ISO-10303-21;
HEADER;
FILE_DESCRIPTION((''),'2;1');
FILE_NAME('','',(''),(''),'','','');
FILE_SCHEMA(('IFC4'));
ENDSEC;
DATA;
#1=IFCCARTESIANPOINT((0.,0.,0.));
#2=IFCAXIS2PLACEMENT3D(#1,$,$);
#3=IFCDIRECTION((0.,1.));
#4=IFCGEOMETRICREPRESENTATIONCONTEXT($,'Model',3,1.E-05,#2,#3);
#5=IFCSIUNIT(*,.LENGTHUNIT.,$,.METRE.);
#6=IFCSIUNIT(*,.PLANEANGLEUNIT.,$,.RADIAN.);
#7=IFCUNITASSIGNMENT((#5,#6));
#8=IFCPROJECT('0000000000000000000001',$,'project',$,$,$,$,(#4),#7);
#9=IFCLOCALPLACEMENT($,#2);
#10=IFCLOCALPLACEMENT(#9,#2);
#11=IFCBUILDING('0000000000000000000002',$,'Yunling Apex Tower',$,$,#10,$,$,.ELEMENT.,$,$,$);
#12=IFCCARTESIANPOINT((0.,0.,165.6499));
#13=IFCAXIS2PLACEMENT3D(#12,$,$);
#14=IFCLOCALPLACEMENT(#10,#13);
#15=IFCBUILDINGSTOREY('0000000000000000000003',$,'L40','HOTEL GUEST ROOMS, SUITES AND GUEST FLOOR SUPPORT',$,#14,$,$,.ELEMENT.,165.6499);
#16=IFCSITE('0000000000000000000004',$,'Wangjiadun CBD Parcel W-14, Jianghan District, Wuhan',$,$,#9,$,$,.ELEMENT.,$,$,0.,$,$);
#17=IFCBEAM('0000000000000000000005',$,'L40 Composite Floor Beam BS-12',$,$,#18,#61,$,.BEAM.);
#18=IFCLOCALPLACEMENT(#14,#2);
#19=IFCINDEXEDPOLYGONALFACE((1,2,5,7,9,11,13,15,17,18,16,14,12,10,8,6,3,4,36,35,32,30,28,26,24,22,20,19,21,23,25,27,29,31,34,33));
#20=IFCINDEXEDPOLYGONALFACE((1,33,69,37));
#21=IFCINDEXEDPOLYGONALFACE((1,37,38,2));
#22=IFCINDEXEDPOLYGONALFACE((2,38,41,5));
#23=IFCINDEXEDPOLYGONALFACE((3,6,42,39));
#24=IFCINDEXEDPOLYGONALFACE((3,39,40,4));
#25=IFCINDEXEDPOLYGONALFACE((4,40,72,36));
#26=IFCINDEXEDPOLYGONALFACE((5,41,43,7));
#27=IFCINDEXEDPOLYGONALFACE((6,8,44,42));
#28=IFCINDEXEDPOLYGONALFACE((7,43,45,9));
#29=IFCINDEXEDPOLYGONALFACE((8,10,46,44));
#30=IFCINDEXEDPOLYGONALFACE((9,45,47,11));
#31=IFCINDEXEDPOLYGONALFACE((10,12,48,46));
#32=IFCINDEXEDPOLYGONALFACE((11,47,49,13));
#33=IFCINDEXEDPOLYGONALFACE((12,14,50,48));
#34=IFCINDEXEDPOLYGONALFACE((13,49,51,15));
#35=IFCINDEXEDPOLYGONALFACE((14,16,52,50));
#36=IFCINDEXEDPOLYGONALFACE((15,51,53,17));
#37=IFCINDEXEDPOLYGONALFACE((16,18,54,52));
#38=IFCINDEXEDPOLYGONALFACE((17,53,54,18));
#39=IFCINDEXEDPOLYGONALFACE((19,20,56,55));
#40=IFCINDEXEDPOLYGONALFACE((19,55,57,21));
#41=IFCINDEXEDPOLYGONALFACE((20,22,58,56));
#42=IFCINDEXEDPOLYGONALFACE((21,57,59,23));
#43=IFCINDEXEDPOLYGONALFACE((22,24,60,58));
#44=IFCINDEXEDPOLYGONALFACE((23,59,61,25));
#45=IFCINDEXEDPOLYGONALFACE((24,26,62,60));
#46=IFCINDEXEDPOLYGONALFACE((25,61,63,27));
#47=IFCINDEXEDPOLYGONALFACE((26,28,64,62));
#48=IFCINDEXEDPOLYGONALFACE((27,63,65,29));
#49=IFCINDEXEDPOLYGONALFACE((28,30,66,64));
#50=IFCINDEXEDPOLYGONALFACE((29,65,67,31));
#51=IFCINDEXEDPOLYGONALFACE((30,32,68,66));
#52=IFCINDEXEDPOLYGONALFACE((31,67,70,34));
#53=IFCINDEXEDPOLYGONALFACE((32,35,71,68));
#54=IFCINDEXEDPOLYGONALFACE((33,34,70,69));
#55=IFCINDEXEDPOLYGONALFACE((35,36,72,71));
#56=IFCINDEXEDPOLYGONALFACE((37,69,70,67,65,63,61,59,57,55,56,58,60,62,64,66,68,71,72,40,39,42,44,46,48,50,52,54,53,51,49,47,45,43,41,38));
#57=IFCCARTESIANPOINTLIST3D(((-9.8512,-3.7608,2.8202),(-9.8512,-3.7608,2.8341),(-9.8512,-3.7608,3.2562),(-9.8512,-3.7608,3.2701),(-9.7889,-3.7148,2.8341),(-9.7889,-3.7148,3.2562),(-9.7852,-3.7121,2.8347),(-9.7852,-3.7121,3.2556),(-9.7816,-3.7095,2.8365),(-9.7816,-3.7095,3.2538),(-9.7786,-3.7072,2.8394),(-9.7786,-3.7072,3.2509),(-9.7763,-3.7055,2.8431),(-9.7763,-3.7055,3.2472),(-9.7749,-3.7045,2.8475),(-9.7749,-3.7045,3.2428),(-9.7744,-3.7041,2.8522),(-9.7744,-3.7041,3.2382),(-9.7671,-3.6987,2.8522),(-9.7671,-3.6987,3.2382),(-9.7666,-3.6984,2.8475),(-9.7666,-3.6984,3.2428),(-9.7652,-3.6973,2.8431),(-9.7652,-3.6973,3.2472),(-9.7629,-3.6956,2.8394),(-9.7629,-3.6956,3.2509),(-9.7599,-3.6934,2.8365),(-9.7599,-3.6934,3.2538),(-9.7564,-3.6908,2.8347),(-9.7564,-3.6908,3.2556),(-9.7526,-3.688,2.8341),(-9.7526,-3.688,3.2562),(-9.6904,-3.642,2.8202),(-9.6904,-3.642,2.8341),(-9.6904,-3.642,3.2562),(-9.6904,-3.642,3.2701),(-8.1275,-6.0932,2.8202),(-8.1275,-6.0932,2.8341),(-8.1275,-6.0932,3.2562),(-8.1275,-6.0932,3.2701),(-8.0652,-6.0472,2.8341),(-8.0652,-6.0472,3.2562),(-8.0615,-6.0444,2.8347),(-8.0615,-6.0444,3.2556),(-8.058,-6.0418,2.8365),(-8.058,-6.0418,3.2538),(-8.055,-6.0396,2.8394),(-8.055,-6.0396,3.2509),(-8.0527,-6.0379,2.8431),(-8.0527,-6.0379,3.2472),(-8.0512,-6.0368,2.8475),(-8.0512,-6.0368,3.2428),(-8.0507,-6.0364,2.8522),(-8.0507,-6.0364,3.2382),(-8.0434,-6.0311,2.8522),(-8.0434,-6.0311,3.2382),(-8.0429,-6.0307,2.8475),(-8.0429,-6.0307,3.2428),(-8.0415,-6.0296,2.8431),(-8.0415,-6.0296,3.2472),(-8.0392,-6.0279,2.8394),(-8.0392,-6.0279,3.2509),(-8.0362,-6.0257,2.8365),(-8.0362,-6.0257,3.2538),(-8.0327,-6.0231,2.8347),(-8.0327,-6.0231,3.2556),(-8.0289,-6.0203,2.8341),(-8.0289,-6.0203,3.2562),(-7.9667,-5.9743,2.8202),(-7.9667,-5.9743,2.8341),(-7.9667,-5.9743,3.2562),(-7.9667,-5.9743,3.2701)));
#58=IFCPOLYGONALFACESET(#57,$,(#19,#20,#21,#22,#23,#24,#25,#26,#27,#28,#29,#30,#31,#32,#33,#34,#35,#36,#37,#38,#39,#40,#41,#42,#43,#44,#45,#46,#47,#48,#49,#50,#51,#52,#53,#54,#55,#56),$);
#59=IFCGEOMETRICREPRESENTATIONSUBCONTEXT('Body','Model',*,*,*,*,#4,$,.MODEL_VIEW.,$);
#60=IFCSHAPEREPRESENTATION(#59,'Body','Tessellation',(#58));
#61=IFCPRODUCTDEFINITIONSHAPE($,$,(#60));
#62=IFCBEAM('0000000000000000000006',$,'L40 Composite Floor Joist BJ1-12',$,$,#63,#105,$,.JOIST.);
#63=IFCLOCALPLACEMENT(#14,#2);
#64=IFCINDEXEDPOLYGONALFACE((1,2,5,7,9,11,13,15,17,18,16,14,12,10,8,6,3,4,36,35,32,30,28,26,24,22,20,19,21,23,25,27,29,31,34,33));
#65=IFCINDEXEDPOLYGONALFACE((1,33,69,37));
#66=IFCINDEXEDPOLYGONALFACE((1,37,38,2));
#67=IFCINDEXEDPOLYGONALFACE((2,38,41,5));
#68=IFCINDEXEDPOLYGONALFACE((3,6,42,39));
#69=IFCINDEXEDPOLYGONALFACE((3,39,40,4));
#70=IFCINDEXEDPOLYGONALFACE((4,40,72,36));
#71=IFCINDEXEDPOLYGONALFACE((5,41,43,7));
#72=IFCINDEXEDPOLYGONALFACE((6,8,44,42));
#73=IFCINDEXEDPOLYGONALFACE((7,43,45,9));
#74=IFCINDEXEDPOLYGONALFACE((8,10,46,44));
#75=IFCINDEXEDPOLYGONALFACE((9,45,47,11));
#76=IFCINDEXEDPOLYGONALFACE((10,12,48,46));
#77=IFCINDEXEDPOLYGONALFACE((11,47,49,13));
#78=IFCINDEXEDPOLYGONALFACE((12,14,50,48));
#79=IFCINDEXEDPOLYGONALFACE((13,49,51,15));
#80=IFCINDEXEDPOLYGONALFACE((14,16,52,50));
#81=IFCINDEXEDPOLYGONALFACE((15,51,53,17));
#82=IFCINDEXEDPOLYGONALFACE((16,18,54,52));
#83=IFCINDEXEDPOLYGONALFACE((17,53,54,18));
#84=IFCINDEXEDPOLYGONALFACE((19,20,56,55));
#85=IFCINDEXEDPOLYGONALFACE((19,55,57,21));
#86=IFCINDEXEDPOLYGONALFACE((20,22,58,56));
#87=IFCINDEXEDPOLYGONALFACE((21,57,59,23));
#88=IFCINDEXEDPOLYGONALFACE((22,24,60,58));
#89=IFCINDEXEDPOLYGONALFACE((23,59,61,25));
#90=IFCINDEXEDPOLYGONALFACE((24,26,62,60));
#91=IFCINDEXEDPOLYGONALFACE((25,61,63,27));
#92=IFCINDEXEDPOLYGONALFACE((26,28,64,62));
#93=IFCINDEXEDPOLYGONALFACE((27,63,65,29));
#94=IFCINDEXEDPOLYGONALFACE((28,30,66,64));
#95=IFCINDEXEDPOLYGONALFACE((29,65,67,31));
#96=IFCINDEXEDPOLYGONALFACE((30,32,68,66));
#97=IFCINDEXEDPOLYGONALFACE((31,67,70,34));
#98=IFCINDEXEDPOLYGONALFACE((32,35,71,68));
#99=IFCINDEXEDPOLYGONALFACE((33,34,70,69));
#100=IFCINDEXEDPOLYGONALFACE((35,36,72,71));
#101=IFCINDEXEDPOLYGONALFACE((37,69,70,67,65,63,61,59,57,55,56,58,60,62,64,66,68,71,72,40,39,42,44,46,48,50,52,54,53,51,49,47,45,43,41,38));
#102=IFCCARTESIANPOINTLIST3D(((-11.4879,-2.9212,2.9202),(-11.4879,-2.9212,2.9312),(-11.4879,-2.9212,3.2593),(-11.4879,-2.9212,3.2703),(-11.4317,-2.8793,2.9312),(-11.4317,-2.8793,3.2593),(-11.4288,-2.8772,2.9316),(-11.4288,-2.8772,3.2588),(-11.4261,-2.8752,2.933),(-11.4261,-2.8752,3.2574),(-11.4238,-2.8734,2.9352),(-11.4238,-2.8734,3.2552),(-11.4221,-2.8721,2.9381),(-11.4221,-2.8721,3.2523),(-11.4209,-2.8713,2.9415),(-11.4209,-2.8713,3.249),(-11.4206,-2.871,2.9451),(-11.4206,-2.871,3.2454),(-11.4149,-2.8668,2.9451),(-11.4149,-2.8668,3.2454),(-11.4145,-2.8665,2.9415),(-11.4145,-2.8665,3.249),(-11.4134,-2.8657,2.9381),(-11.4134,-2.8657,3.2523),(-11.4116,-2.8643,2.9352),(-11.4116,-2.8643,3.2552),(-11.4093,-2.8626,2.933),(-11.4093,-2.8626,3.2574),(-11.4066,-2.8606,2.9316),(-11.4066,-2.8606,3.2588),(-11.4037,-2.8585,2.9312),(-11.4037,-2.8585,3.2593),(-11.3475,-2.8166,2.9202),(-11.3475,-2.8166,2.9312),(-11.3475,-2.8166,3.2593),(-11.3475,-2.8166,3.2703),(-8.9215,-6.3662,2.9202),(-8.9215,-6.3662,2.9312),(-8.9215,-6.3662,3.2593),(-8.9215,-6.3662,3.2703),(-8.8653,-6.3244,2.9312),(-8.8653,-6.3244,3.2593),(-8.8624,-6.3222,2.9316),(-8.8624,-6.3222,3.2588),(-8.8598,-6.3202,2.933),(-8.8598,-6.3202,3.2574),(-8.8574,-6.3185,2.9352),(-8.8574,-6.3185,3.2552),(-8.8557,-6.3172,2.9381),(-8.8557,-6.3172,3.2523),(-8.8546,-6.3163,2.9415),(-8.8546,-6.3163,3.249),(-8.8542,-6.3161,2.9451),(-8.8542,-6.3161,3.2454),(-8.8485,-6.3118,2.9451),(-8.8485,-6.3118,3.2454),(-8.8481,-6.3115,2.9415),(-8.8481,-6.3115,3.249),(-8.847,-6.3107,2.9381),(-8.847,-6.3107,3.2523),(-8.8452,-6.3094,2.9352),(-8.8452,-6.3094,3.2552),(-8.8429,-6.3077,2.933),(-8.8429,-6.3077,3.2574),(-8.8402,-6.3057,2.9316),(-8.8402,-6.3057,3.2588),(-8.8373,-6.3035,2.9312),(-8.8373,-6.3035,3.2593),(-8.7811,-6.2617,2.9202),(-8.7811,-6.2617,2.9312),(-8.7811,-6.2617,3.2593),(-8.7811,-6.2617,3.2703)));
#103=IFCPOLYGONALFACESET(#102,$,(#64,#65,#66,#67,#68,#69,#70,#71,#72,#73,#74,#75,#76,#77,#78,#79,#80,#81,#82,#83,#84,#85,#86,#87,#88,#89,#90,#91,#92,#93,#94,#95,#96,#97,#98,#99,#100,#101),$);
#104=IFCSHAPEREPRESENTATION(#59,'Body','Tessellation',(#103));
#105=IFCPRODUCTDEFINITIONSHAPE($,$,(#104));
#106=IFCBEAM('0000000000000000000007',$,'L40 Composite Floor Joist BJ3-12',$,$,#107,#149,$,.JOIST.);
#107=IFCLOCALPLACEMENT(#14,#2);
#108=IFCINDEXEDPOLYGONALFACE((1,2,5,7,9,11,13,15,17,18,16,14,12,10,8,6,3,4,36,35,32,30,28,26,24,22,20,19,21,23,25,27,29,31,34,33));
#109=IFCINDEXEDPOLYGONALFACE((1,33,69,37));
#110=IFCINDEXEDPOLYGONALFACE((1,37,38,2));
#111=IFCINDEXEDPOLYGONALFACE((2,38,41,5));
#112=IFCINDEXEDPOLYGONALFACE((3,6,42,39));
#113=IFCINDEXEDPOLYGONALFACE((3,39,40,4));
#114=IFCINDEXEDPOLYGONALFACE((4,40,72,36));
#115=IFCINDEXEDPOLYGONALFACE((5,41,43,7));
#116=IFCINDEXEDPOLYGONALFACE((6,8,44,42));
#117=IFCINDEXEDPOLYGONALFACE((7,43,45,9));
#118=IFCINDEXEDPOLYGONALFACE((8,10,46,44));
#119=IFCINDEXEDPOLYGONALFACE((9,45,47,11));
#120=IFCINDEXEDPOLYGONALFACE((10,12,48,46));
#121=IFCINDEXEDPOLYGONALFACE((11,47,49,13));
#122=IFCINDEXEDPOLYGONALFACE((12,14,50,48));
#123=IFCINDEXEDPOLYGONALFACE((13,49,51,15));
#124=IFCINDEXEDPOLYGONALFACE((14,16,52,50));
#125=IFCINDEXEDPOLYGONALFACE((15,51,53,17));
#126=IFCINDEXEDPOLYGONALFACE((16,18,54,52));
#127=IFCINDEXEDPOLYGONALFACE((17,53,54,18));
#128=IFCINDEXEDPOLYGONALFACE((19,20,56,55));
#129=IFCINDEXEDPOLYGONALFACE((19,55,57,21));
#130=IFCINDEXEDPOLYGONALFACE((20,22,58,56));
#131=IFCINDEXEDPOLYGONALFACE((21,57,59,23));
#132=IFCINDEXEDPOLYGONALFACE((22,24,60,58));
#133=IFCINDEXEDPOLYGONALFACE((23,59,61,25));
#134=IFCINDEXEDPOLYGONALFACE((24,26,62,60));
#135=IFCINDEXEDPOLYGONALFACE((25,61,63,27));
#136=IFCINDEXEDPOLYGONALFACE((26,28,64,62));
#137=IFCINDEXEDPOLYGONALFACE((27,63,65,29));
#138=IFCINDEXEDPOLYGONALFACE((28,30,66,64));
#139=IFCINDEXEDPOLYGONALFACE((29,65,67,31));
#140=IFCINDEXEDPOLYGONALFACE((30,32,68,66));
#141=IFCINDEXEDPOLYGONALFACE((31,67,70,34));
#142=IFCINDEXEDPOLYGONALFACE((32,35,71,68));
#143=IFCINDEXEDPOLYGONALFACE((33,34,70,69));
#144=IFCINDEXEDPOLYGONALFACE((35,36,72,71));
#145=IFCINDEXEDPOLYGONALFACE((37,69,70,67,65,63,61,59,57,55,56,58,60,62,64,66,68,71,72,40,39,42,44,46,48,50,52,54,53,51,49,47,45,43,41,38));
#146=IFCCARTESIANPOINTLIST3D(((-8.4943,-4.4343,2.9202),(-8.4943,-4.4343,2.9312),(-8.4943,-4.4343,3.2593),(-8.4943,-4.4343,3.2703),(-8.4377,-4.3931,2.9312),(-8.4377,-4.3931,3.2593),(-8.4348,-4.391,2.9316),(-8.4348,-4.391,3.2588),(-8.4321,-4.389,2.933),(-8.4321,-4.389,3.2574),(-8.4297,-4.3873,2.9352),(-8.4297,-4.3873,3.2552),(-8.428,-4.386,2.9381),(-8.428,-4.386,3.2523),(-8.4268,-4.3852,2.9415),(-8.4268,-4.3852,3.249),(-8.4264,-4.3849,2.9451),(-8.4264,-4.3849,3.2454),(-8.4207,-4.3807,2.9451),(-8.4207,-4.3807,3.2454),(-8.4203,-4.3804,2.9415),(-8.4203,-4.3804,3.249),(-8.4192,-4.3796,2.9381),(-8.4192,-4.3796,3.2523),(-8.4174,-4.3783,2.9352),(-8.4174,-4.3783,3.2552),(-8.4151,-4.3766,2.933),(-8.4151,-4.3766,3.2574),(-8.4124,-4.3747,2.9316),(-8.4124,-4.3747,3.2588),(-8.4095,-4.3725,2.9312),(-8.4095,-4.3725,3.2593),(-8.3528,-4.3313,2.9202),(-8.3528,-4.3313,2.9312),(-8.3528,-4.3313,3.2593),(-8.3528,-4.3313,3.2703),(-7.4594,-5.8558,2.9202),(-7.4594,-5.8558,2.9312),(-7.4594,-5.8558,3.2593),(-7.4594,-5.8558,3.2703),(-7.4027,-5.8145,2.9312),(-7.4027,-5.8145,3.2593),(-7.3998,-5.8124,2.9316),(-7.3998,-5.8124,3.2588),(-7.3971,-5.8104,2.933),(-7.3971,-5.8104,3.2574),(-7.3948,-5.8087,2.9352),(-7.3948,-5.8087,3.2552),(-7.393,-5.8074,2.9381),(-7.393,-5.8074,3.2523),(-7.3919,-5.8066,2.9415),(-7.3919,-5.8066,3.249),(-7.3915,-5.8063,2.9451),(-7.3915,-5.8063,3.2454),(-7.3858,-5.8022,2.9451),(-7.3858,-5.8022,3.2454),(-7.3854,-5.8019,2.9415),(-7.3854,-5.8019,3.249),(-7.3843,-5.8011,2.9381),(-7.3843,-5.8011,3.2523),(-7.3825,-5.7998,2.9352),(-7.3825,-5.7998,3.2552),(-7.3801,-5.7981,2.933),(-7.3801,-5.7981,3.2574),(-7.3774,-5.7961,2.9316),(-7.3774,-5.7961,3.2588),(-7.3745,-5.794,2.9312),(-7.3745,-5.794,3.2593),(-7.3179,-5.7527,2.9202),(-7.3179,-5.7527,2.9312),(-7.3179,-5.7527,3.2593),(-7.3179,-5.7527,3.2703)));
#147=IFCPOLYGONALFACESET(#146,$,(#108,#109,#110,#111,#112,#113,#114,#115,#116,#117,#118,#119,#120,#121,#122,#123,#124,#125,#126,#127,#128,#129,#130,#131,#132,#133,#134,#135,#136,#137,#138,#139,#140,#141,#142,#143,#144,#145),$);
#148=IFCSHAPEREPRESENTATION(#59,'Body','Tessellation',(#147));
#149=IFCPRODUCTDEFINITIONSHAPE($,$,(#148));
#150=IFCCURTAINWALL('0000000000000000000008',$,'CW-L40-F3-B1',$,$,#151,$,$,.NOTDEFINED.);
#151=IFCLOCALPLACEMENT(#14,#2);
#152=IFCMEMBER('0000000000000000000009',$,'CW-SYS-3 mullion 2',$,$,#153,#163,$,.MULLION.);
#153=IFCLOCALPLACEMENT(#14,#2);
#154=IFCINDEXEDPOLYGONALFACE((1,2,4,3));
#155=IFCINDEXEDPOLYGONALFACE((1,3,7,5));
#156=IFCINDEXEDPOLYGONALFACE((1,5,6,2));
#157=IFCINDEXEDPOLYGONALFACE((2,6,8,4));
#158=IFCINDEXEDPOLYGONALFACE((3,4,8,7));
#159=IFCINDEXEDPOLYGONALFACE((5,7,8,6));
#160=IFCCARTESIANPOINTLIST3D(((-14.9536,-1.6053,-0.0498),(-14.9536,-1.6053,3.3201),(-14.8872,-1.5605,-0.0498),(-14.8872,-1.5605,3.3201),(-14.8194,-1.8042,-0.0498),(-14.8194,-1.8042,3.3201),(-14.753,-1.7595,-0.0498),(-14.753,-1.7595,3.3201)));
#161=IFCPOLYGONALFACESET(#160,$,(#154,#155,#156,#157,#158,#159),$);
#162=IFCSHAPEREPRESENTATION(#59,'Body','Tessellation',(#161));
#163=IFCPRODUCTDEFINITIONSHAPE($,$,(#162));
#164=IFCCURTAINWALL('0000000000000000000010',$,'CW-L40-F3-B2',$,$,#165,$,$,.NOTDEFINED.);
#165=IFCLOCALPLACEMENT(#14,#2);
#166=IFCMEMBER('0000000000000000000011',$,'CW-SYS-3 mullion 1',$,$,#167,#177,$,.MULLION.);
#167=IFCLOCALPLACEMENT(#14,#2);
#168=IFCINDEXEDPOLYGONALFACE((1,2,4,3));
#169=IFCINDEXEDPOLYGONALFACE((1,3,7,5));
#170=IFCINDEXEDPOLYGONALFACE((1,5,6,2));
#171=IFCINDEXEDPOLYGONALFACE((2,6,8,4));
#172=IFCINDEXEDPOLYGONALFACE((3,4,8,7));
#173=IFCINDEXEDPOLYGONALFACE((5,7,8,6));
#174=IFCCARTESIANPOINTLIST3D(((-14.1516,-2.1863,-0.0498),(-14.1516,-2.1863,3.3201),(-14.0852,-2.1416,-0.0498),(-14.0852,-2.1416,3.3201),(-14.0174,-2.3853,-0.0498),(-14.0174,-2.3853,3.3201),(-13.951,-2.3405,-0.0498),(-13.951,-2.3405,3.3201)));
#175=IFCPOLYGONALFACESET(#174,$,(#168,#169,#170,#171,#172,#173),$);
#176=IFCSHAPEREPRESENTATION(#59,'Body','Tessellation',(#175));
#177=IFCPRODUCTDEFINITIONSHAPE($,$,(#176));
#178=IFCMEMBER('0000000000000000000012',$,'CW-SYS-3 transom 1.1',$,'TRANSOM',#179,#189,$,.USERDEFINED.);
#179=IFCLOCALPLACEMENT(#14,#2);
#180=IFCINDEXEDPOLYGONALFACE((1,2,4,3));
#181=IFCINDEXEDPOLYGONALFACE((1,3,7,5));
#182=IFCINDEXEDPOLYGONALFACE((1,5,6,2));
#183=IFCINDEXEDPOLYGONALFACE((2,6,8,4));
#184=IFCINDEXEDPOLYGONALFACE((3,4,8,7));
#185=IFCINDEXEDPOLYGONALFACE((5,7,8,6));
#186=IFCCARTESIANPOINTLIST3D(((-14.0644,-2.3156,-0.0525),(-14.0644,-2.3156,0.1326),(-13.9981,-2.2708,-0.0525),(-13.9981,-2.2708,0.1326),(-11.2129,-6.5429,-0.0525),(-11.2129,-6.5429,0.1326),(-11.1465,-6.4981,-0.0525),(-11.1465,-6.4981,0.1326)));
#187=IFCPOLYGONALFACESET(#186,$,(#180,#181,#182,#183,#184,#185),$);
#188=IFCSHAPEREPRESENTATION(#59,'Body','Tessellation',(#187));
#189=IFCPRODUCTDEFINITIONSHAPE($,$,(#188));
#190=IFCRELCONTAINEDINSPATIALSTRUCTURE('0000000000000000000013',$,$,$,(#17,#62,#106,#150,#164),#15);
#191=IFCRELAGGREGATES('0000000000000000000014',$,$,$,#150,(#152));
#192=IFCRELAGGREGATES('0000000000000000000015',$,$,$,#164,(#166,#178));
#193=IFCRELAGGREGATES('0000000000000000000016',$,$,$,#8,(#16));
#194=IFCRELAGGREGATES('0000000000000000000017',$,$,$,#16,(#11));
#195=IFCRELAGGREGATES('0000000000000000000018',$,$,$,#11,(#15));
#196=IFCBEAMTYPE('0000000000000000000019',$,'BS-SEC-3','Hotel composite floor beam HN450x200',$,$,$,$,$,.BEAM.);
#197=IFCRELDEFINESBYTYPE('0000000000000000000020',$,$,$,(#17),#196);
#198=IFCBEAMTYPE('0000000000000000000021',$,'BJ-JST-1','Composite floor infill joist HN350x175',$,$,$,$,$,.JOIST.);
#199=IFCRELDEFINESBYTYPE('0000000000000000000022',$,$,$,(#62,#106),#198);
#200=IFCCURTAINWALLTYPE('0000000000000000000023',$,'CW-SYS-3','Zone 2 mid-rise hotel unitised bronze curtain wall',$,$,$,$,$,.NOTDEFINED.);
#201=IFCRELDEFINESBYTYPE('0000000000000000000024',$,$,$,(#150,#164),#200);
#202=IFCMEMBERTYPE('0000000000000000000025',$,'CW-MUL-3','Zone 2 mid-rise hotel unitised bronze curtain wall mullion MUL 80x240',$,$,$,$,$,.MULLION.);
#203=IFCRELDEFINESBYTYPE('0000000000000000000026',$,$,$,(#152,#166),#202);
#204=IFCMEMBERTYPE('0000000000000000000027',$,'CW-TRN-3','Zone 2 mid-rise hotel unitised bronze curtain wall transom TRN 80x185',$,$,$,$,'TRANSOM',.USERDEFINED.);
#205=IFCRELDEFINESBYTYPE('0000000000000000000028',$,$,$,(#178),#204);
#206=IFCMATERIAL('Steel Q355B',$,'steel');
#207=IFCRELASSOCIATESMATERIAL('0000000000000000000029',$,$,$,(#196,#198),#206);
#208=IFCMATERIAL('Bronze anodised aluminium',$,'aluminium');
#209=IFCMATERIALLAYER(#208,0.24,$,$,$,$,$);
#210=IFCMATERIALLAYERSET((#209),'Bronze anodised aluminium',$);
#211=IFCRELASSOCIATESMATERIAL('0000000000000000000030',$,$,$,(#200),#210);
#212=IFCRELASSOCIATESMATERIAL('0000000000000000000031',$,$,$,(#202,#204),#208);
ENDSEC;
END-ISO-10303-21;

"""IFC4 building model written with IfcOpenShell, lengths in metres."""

from ifc_helpers import new_model, si_unit, direction, frame, origin, origin_2d, place, context, subcontext, project, spatial, rectangle, i_section, extrude, source, transform, mapped, material, layer, layer_set, material_profile, profile_set, type_object, element, aggregate, save


model = new_model("IFC4")

# Units and contexts
model_context = context("Model", 3, precision=1e-05, world=origin(), true_north=direction((0.0, 1.0)))
body_context = subcontext(model_context, "Body", "Model", "MODEL_VIEW")
ifc_project = project(units=[si_unit("LENGTHUNIT", "METRE"), si_unit("PLANEANGLEUNIT", "RADIAN")], contexts=[model_context])

# Site, building, storey
site_placement = place(None, origin())
site = spatial("IfcSite", under=ifc_project, at=site_placement, Name="Wangjiadun CBD Parcel W-14, Jianghan District, Wuhan", CompositionType="ELEMENT", RefElevation=0.0)
building_placement = place(site_placement, origin())
building = spatial("IfcBuilding", under=site, at=building_placement, Name="Yunling Apex Tower", CompositionType="ELEMENT")
storey_placement = place(building_placement, frame((0.0, 0.0, 165.6499)))
storey = spatial("IfcBuildingStorey", under=building, at=storey_placement, Name="L40", Description="HOTEL GUEST ROOMS, SUITES AND GUEST FLOOR SUPPORT", CompositionType="ELEMENT", Elevation=165.6499)

# Beams
ifc_material_1 = material(Name="Steel Q355B", Category="steel")
ifc_material_profile_1 = material_profile(ifc_material_1, i_section(OverallWidth=0.2, OverallDepth=0.45, WebThickness=0.009, FlangeThickness=0.0139, FilletRadius=0.0181, at=origin_2d()))
ifc_profile_set_1 = profile_set([ifc_material_profile_1], Name="Steel Q355B")
beam_type_1 = type_object("IfcBeamType", Name="BS-SEC-3", Description="Hotel composite floor beam HN450x200", PredefinedType="BEAM", material=ifc_profile_set_1)
shared_shape_1 = source(origin(), body_context, "Body", "SweptSolid", [
    extrude(i_section(OverallWidth=0.2, OverallDepth=0.45, WebThickness=0.009, FlangeThickness=0.0139, FilletRadius=0.0181, at=origin_2d()), origin(), (0.0, 0.0, 1.0), 2.9001),
])
beam_1_placement = place(storey_placement, frame((-9.7708, -3.7014, 3.0452), z_axis=(0.594341, -0.804213, 0.0), x_axis=(0.804213, 0.594341, 0.0)))
element("IfcBeam", 1, at=beam_1_placement, inside=storey, type_object=beam_type_1, Name="L40 Composite Floor Beam BS-12", PredefinedType="BEAM", context=body_context, shape_type="MappedRepresentation", body=[
    mapped(shared_shape_1, transform((0.0, 0.0, 0.0), scale=1.0)),
])
ifc_material_profile_2 = material_profile(ifc_material_1, i_section(OverallWidth=0.175, OverallDepth=0.3501, WebThickness=0.0071, FlangeThickness=0.011, FilletRadius=0.0139, at=origin_2d()))
ifc_profile_set_2 = profile_set([ifc_material_profile_2], Name="Steel Q355B")
beam_type_2 = type_object("IfcBeamType", Name="BJ-JST-1", Description="Composite floor infill joist HN350x175", PredefinedType="JOIST", material=ifc_profile_set_2)
shared_shape_2 = source(origin(), body_context, "Body", "SweptSolid", [
    extrude(i_section(OverallWidth=0.175, OverallDepth=0.3501, WebThickness=0.0071, FlangeThickness=0.011, FilletRadius=0.0139, at=origin_2d()), origin(), (0.0, 0.0, 1.0), 4.2959),
])
beam_2_placement = place(storey_placement, frame((-11.4177, -2.8689, 3.0952), z_axis=(0.597405, -0.801939, 0.0), x_axis=(0.801939, 0.597405, 0.0)))
element("IfcBeam", 2, at=beam_2_placement, inside=storey, type_object=beam_type_2, Name="L40 Composite Floor Joist BJ1-12", PredefinedType="JOIST", context=body_context, shape_type="MappedRepresentation", body=[
    mapped(shared_shape_2, transform((0.0, 0.0, 0.0), scale=1.0)),
])
shared_shape_3 = source(origin(), body_context, "Body", "SweptSolid", [
    extrude(i_section(OverallWidth=0.175, OverallDepth=0.3501, WebThickness=0.0071, FlangeThickness=0.011, FilletRadius=0.0139, at=origin_2d()), origin(), (0.0, 0.0, 1.0), 1.7583),
])
beam_3_placement = place(storey_placement, frame((-8.4236, -4.3828, 3.0952), z_axis=(0.588609, -0.808418, 0.0), x_axis=(0.808418, 0.588609, 0.0)))
element("IfcBeam", 3, at=beam_3_placement, inside=storey, type_object=beam_type_2, Name="L40 Composite Floor Joist BJ3-12", PredefinedType="JOIST", context=body_context, shape_type="MappedRepresentation", body=[
    mapped(shared_shape_3, transform((0.0, 0.0, 0.0), scale=1.0)),
])

# Curtain wall, member
ifc_material_2 = material(Name="Bronze anodised aluminium", Category="aluminium")
ifc_layer_1 = layer(ifc_material_2, 0.24)
ifc_layer_set_1 = layer_set([ifc_layer_1], Name="Bronze anodised aluminium")
curtain_wall_type = type_object("IfcCurtainWallType", Name="CW-SYS-3", Description="Zone 2 mid-rise hotel unitised bronze curtain wall", PredefinedType="NOTDEFINED", material=ifc_layer_set_1)
curtain_wall_1_placement = place(storey_placement, origin())
curtain_wall_1 = element("IfcCurtainWall", 4, at=curtain_wall_1_placement, inside=storey, type_object=curtain_wall_type, Name="CW-L40-F3-B1", PredefinedType="NOTDEFINED")
ifc_material_profile_3 = material_profile(ifc_material_2, rectangle(XDim=0.0801, YDim=0.24, at=origin_2d()))
ifc_profile_set_3 = profile_set([ifc_material_profile_3], Name="Bronze anodised aluminium")
member_type_1 = type_object("IfcMemberType", Name="CW-MUL-3", Description="Zone 2 mid-rise hotel unitised bronze curtain wall mullion MUL 80x240", PredefinedType="MULLION", material=ifc_profile_set_3)
shared_shape_4 = source(origin(), body_context, "Body", "SweptSolid", [
    extrude(rectangle(XDim=0.0801, YDim=0.24, at=origin_2d()), origin(), (0.0, 0.0, 1.0), 3.3699),
])
member_1_placement = place(storey_placement, frame((-14.8533, -1.6824, -0.0498), z_axis=(0.0, 0.0, 1.0), x_axis=(0.829045, 0.559181, 0.0)))
member_1 = element("IfcMember", 5, at=member_1_placement, type_object=member_type_1, Name="CW-SYS-3 mullion 2", PredefinedType="MULLION", context=body_context, shape_type="MappedRepresentation", body=[
    mapped(shared_shape_4, transform((0.0, 0.0, 0.0), scale=1.0)),
])
aggregate(curtain_wall_1, [member_1])

# Curtain wall, members
curtain_wall_2_placement = place(storey_placement, origin())
curtain_wall_2 = element("IfcCurtainWall", 6, at=curtain_wall_2_placement, inside=storey, type_object=curtain_wall_type, Name="CW-L40-F3-B2", PredefinedType="NOTDEFINED")
member_2_placement = place(storey_placement, frame((-14.0513, -2.2634, -0.0498), z_axis=(0.0, 0.0, 1.0), x_axis=(0.829026, 0.55921, 0.0)))
member_2 = element("IfcMember", 7, at=member_2_placement, type_object=member_type_1, Name="CW-SYS-3 mullion 1", PredefinedType="MULLION", context=body_context, shape_type="MappedRepresentation", body=[
    mapped(shared_shape_4, transform((0.0, 0.0, 0.0), scale=1.0)),
])
ifc_material_profile_4 = material_profile(ifc_material_2, rectangle(XDim=0.0801, YDim=0.1851, at=origin_2d()))
ifc_profile_set_4 = profile_set([ifc_material_profile_4], Name="Bronze anodised aluminium")
member_type_2 = type_object("IfcMemberType", Name="CW-TRN-3", Description="Zone 2 mid-rise hotel unitised bronze curtain wall transom TRN 80x185", ElementType="TRANSOM", PredefinedType="USERDEFINED", material=ifc_profile_set_4)
shared_shape_5 = source(origin(), body_context, "Body", "SweptSolid", [
    extrude(rectangle(XDim=0.0801, YDim=0.1851, at=origin_2d()), origin(), (0.0, 0.0, 1.0), 5.0991),
])
member_3_placement = place(storey_placement, frame((-14.0312, -2.2932, 0.04), z_axis=(0.559222, -0.829018, 0.0), x_axis=(0.829018, 0.559222, 0.0)))
member_3 = element("IfcMember", 8, at=member_3_placement, type_object=member_type_2, Name="CW-SYS-3 transom 1.1", ObjectType="TRANSOM", PredefinedType="USERDEFINED", context=body_context, shape_type="MappedRepresentation", body=[
    mapped(shared_shape_5, transform((0.0, 0.0, 0.0), scale=1.0)),
])
aggregate(curtain_wall_2, [member_2, member_3])

save(model, "model.ifc")
